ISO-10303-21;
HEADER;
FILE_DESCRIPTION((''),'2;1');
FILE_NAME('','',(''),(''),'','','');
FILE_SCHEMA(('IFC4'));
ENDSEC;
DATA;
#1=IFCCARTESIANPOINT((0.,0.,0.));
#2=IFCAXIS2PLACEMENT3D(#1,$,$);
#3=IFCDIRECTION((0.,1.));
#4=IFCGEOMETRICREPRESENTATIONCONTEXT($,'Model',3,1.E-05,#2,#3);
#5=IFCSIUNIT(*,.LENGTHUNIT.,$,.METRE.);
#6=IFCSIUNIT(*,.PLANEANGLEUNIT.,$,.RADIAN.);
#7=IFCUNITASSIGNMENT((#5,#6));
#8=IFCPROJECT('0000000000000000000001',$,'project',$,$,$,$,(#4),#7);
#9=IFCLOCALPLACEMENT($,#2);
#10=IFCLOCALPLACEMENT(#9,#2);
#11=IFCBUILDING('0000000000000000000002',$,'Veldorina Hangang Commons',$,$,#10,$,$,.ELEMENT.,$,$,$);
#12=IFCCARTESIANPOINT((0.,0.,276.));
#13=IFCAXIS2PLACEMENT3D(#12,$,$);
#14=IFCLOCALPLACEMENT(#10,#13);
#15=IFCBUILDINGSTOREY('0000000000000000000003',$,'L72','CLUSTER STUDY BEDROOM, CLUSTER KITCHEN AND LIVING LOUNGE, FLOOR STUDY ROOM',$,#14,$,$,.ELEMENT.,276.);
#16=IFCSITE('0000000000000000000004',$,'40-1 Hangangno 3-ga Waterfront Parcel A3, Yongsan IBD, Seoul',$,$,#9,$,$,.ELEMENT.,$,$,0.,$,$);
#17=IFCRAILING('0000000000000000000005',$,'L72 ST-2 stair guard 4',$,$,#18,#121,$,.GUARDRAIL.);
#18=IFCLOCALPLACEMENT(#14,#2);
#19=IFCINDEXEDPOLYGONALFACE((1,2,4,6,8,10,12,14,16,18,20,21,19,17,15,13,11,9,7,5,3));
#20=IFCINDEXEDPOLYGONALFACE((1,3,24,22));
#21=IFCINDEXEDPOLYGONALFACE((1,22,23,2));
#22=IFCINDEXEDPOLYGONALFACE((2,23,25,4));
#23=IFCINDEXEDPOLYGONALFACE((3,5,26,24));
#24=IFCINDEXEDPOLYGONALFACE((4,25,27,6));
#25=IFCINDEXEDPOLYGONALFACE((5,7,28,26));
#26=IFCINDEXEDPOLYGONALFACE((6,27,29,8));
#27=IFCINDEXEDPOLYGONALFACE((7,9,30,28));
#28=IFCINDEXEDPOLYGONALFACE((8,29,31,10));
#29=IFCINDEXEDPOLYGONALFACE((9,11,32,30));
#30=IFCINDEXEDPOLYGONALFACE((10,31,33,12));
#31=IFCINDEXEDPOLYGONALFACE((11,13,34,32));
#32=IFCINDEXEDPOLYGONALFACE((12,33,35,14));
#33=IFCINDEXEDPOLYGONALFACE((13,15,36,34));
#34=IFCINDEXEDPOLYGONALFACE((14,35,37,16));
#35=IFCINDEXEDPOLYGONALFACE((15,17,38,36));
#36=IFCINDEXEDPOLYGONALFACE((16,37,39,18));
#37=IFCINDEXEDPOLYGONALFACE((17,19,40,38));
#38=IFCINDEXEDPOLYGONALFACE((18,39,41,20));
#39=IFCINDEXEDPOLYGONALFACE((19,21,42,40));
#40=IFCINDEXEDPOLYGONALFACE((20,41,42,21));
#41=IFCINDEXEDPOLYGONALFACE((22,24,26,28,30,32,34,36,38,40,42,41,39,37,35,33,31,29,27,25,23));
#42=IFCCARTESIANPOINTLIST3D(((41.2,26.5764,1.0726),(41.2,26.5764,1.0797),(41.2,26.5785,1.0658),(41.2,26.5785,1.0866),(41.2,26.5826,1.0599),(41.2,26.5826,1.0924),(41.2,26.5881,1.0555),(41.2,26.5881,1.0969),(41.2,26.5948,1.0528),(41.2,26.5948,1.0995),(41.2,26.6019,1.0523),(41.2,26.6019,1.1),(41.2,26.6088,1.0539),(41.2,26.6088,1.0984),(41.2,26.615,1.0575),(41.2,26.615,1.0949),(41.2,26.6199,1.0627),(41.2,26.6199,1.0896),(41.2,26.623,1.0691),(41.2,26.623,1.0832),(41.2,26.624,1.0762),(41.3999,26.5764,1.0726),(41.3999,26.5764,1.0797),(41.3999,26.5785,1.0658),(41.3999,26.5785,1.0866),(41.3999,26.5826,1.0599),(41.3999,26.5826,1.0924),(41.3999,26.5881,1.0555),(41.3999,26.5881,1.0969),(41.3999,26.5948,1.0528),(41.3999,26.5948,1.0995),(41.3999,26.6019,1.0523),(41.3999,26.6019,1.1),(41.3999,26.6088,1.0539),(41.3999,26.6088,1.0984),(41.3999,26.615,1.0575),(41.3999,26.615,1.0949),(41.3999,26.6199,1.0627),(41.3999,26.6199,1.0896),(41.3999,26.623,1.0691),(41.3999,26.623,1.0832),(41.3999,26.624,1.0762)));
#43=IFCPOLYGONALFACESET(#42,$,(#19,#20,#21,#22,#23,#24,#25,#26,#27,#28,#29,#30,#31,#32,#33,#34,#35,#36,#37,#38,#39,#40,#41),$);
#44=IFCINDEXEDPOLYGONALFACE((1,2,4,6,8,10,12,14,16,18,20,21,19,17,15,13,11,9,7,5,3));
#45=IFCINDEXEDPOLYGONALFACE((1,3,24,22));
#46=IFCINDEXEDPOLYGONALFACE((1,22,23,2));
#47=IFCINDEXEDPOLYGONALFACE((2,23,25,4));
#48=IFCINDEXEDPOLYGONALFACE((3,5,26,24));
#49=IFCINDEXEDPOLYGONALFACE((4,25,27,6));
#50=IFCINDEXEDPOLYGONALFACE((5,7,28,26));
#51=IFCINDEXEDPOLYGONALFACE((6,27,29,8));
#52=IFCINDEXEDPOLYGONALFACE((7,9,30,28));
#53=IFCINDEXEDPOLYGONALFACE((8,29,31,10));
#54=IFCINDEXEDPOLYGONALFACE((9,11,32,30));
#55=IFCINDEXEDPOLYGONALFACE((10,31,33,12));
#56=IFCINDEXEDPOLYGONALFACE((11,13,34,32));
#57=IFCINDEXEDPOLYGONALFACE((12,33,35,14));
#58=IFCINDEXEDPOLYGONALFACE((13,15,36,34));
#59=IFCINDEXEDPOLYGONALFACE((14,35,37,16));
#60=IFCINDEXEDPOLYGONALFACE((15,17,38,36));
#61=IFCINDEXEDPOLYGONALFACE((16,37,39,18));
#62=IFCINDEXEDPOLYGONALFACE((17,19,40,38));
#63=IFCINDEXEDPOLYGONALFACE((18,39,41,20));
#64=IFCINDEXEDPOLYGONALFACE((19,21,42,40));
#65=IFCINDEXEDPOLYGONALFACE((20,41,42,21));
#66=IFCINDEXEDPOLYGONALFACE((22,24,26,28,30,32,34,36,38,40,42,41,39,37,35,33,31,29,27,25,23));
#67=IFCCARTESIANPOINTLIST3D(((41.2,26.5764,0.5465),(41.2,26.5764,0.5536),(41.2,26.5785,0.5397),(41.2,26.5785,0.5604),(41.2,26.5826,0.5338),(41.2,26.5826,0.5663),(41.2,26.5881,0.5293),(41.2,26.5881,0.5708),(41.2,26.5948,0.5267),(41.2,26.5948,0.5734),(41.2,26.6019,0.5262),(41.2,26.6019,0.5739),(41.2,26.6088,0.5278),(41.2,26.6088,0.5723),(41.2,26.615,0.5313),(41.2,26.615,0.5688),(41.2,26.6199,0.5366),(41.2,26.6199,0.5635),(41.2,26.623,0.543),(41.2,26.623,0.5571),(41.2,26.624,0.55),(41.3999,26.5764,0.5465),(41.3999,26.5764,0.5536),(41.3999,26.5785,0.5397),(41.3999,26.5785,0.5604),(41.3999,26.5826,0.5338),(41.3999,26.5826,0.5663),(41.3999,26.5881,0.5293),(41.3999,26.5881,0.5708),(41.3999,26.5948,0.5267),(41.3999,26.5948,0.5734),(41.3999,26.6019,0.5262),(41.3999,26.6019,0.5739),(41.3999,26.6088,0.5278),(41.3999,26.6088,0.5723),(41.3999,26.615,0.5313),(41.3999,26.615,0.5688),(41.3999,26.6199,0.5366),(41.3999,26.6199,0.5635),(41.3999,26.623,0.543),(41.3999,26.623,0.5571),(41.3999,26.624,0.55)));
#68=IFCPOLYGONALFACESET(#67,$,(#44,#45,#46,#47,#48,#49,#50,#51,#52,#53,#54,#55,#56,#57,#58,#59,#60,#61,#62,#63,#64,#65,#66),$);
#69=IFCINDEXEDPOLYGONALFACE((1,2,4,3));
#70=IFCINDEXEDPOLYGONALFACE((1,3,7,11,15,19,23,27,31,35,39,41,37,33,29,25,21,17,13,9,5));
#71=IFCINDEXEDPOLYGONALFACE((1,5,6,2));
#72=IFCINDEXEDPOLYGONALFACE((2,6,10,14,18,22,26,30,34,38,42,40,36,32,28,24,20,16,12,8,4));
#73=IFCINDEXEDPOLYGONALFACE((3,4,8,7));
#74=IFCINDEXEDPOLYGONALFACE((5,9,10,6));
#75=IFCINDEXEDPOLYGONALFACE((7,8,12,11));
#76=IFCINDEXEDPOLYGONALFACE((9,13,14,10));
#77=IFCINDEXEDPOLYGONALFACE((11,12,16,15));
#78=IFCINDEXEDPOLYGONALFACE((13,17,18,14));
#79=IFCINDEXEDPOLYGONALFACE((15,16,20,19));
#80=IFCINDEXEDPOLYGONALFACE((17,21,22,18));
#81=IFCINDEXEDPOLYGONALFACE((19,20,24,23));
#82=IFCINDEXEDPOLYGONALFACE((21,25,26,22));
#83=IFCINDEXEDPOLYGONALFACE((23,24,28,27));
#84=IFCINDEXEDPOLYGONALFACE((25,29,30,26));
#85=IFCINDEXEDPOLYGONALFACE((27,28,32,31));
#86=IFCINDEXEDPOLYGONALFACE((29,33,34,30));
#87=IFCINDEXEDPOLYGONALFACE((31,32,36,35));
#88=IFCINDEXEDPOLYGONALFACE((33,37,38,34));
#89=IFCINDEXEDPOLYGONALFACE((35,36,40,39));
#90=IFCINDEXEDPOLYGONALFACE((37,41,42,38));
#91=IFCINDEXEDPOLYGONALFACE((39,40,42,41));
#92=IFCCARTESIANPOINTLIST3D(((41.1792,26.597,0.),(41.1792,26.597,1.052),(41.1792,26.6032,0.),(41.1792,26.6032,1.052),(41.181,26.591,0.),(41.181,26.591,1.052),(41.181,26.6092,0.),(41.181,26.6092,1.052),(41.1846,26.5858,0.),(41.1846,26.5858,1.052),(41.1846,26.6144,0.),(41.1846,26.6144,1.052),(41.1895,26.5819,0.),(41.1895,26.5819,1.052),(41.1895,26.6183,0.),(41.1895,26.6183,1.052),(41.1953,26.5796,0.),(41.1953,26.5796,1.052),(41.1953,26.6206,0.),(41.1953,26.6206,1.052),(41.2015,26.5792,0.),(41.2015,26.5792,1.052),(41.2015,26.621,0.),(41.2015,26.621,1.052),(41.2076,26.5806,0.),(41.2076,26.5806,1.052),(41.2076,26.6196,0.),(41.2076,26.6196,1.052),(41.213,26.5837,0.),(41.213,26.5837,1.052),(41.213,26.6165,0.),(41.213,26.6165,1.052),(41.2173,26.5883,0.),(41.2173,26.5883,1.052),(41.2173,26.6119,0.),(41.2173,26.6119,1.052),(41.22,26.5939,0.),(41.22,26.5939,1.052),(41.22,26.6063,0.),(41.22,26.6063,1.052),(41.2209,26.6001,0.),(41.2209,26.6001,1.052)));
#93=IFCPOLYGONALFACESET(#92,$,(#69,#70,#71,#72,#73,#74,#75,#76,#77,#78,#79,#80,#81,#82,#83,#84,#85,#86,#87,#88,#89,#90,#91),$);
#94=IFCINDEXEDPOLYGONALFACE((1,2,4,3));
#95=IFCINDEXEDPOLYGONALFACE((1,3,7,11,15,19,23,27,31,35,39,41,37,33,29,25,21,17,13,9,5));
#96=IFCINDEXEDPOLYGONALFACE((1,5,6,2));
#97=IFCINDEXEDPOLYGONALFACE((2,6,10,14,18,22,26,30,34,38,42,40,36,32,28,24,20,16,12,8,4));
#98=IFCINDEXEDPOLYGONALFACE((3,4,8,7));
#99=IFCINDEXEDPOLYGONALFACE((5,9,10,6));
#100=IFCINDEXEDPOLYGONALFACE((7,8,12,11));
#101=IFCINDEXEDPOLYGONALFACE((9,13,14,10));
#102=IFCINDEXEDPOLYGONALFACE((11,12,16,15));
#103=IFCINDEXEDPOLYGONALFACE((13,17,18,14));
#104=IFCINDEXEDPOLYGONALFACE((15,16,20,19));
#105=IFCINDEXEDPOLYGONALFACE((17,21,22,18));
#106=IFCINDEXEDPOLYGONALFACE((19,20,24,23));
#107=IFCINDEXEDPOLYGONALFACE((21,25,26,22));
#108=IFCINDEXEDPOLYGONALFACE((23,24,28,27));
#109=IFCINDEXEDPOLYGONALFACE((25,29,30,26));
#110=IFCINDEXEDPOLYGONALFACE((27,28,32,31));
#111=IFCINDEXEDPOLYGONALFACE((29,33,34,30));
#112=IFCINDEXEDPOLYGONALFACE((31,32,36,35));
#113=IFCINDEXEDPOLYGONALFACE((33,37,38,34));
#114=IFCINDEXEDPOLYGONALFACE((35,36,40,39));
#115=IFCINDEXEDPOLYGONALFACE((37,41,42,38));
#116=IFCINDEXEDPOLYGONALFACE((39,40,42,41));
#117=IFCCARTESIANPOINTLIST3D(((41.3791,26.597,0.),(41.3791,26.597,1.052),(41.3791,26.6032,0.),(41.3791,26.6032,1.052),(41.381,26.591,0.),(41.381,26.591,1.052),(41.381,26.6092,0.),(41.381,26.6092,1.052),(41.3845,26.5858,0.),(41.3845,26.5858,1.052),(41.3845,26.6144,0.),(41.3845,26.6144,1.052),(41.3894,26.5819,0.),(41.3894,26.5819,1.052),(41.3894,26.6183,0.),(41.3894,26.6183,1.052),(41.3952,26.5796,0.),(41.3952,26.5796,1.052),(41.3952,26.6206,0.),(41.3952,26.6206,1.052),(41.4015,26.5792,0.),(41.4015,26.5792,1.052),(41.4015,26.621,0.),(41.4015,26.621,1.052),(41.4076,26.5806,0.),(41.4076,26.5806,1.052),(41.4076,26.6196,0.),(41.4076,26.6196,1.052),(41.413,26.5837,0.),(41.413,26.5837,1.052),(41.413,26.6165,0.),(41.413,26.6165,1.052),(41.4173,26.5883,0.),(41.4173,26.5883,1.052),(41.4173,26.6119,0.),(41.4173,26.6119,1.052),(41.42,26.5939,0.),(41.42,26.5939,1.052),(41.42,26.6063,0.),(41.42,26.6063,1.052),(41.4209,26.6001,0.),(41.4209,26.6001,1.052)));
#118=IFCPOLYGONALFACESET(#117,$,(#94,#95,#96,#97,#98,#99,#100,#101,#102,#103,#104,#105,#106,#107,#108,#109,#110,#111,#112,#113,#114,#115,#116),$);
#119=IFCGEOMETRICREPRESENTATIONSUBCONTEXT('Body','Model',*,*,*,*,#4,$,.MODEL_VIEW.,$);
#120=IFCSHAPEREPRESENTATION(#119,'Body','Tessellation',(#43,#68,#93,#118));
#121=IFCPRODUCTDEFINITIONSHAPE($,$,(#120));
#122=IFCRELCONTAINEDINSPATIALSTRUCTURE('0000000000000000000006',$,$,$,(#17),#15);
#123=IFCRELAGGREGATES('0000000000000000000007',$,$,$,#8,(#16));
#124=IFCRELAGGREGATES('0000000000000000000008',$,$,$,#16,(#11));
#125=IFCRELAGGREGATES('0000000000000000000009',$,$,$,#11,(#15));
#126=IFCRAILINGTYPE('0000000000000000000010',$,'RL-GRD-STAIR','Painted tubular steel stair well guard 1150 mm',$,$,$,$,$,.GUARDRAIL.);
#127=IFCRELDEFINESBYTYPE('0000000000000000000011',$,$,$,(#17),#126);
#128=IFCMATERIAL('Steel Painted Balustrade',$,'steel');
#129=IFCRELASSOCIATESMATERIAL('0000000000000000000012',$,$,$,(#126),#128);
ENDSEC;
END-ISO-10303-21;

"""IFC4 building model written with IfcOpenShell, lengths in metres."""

from ifc_helpers import new_model, si_unit, direction, frame, origin, origin_2d, place, context, subcontext, project, spatial, circle, extrude, material, type_object, element, save


model = new_model("IFC4")

# Units and contexts
model_context = context("Model", 3, precision=1e-05, world=origin(), true_north=direction((0.0, 1.0)))
body_context = subcontext(model_context, "Body", "Model", "MODEL_VIEW")
ifc_project = project(units=[si_unit("LENGTHUNIT", "METRE"), si_unit("PLANEANGLEUNIT", "RADIAN")], contexts=[model_context])

# Site, building, storey
site_placement = place(None, origin())
site = spatial("IfcSite", under=ifc_project, at=site_placement, Name="40-1 Hangangno 3-ga Waterfront Parcel A3, Yongsan IBD, Seoul", CompositionType="ELEMENT", RefElevation=0.0)
building_placement = place(site_placement, origin())
building = spatial("IfcBuilding", under=site, at=building_placement, Name="Veldorina Hangang Commons", CompositionType="ELEMENT")
storey_placement = place(building_placement, frame((0.0, 0.0, 276.0)))
storey = spatial("IfcBuildingStorey", under=building, at=storey_placement, Name="L72", Description="CLUSTER STUDY BEDROOM, CLUSTER KITCHEN AND LIVING LOUNGE, FLOOR STUDY ROOM", CompositionType="ELEMENT", Elevation=276.0)

# Railing
ifc_material_1 = material(Name="Steel Painted Balustrade", Category="steel")
railing_type_1 = type_object("IfcRailingType", Name="RL-GRD-STAIR", Description="Painted tubular steel stair well guard 1150 mm", PredefinedType="GUARDRAIL", material=ifc_material_1)
railing_1_placement = place(storey_placement, frame((41.2, 26.6001, 0.0)))
element("IfcRailing", 1, at=railing_1_placement, inside=storey, type_object=railing_type_1, Name="L72 ST-2 stair guard 4", PredefinedType="GUARDRAIL", context=body_context, shape_type="SweptSolid", body=[
    extrude(circle(Radius=0.0239, at=origin_2d()), frame((0.0, 0.0, 1.0762), z_axis=(1.0, 0.0, 0.0), x_axis=(0.0, 1.0, 0.0)), (0.0, 0.0, 1.0), 0.2),
    extrude(circle(Radius=0.0239, at=origin_2d()), frame((0.0, 0.0, 0.55), z_axis=(1.0, 0.0, 0.0), x_axis=(0.0, 1.0, 0.0)), (0.0, 0.0, 1.0), 0.2),
    extrude(circle(Radius=0.021, at=origin_2d()), origin(), (0.0, 0.0, 1.0), 1.052),
    extrude(circle(Radius=0.021, at=origin_2d()), frame((0.2, 0.0, 0.0)), (0.0, 0.0, 1.0), 1.052),
])

save(model, "model.ifc")
